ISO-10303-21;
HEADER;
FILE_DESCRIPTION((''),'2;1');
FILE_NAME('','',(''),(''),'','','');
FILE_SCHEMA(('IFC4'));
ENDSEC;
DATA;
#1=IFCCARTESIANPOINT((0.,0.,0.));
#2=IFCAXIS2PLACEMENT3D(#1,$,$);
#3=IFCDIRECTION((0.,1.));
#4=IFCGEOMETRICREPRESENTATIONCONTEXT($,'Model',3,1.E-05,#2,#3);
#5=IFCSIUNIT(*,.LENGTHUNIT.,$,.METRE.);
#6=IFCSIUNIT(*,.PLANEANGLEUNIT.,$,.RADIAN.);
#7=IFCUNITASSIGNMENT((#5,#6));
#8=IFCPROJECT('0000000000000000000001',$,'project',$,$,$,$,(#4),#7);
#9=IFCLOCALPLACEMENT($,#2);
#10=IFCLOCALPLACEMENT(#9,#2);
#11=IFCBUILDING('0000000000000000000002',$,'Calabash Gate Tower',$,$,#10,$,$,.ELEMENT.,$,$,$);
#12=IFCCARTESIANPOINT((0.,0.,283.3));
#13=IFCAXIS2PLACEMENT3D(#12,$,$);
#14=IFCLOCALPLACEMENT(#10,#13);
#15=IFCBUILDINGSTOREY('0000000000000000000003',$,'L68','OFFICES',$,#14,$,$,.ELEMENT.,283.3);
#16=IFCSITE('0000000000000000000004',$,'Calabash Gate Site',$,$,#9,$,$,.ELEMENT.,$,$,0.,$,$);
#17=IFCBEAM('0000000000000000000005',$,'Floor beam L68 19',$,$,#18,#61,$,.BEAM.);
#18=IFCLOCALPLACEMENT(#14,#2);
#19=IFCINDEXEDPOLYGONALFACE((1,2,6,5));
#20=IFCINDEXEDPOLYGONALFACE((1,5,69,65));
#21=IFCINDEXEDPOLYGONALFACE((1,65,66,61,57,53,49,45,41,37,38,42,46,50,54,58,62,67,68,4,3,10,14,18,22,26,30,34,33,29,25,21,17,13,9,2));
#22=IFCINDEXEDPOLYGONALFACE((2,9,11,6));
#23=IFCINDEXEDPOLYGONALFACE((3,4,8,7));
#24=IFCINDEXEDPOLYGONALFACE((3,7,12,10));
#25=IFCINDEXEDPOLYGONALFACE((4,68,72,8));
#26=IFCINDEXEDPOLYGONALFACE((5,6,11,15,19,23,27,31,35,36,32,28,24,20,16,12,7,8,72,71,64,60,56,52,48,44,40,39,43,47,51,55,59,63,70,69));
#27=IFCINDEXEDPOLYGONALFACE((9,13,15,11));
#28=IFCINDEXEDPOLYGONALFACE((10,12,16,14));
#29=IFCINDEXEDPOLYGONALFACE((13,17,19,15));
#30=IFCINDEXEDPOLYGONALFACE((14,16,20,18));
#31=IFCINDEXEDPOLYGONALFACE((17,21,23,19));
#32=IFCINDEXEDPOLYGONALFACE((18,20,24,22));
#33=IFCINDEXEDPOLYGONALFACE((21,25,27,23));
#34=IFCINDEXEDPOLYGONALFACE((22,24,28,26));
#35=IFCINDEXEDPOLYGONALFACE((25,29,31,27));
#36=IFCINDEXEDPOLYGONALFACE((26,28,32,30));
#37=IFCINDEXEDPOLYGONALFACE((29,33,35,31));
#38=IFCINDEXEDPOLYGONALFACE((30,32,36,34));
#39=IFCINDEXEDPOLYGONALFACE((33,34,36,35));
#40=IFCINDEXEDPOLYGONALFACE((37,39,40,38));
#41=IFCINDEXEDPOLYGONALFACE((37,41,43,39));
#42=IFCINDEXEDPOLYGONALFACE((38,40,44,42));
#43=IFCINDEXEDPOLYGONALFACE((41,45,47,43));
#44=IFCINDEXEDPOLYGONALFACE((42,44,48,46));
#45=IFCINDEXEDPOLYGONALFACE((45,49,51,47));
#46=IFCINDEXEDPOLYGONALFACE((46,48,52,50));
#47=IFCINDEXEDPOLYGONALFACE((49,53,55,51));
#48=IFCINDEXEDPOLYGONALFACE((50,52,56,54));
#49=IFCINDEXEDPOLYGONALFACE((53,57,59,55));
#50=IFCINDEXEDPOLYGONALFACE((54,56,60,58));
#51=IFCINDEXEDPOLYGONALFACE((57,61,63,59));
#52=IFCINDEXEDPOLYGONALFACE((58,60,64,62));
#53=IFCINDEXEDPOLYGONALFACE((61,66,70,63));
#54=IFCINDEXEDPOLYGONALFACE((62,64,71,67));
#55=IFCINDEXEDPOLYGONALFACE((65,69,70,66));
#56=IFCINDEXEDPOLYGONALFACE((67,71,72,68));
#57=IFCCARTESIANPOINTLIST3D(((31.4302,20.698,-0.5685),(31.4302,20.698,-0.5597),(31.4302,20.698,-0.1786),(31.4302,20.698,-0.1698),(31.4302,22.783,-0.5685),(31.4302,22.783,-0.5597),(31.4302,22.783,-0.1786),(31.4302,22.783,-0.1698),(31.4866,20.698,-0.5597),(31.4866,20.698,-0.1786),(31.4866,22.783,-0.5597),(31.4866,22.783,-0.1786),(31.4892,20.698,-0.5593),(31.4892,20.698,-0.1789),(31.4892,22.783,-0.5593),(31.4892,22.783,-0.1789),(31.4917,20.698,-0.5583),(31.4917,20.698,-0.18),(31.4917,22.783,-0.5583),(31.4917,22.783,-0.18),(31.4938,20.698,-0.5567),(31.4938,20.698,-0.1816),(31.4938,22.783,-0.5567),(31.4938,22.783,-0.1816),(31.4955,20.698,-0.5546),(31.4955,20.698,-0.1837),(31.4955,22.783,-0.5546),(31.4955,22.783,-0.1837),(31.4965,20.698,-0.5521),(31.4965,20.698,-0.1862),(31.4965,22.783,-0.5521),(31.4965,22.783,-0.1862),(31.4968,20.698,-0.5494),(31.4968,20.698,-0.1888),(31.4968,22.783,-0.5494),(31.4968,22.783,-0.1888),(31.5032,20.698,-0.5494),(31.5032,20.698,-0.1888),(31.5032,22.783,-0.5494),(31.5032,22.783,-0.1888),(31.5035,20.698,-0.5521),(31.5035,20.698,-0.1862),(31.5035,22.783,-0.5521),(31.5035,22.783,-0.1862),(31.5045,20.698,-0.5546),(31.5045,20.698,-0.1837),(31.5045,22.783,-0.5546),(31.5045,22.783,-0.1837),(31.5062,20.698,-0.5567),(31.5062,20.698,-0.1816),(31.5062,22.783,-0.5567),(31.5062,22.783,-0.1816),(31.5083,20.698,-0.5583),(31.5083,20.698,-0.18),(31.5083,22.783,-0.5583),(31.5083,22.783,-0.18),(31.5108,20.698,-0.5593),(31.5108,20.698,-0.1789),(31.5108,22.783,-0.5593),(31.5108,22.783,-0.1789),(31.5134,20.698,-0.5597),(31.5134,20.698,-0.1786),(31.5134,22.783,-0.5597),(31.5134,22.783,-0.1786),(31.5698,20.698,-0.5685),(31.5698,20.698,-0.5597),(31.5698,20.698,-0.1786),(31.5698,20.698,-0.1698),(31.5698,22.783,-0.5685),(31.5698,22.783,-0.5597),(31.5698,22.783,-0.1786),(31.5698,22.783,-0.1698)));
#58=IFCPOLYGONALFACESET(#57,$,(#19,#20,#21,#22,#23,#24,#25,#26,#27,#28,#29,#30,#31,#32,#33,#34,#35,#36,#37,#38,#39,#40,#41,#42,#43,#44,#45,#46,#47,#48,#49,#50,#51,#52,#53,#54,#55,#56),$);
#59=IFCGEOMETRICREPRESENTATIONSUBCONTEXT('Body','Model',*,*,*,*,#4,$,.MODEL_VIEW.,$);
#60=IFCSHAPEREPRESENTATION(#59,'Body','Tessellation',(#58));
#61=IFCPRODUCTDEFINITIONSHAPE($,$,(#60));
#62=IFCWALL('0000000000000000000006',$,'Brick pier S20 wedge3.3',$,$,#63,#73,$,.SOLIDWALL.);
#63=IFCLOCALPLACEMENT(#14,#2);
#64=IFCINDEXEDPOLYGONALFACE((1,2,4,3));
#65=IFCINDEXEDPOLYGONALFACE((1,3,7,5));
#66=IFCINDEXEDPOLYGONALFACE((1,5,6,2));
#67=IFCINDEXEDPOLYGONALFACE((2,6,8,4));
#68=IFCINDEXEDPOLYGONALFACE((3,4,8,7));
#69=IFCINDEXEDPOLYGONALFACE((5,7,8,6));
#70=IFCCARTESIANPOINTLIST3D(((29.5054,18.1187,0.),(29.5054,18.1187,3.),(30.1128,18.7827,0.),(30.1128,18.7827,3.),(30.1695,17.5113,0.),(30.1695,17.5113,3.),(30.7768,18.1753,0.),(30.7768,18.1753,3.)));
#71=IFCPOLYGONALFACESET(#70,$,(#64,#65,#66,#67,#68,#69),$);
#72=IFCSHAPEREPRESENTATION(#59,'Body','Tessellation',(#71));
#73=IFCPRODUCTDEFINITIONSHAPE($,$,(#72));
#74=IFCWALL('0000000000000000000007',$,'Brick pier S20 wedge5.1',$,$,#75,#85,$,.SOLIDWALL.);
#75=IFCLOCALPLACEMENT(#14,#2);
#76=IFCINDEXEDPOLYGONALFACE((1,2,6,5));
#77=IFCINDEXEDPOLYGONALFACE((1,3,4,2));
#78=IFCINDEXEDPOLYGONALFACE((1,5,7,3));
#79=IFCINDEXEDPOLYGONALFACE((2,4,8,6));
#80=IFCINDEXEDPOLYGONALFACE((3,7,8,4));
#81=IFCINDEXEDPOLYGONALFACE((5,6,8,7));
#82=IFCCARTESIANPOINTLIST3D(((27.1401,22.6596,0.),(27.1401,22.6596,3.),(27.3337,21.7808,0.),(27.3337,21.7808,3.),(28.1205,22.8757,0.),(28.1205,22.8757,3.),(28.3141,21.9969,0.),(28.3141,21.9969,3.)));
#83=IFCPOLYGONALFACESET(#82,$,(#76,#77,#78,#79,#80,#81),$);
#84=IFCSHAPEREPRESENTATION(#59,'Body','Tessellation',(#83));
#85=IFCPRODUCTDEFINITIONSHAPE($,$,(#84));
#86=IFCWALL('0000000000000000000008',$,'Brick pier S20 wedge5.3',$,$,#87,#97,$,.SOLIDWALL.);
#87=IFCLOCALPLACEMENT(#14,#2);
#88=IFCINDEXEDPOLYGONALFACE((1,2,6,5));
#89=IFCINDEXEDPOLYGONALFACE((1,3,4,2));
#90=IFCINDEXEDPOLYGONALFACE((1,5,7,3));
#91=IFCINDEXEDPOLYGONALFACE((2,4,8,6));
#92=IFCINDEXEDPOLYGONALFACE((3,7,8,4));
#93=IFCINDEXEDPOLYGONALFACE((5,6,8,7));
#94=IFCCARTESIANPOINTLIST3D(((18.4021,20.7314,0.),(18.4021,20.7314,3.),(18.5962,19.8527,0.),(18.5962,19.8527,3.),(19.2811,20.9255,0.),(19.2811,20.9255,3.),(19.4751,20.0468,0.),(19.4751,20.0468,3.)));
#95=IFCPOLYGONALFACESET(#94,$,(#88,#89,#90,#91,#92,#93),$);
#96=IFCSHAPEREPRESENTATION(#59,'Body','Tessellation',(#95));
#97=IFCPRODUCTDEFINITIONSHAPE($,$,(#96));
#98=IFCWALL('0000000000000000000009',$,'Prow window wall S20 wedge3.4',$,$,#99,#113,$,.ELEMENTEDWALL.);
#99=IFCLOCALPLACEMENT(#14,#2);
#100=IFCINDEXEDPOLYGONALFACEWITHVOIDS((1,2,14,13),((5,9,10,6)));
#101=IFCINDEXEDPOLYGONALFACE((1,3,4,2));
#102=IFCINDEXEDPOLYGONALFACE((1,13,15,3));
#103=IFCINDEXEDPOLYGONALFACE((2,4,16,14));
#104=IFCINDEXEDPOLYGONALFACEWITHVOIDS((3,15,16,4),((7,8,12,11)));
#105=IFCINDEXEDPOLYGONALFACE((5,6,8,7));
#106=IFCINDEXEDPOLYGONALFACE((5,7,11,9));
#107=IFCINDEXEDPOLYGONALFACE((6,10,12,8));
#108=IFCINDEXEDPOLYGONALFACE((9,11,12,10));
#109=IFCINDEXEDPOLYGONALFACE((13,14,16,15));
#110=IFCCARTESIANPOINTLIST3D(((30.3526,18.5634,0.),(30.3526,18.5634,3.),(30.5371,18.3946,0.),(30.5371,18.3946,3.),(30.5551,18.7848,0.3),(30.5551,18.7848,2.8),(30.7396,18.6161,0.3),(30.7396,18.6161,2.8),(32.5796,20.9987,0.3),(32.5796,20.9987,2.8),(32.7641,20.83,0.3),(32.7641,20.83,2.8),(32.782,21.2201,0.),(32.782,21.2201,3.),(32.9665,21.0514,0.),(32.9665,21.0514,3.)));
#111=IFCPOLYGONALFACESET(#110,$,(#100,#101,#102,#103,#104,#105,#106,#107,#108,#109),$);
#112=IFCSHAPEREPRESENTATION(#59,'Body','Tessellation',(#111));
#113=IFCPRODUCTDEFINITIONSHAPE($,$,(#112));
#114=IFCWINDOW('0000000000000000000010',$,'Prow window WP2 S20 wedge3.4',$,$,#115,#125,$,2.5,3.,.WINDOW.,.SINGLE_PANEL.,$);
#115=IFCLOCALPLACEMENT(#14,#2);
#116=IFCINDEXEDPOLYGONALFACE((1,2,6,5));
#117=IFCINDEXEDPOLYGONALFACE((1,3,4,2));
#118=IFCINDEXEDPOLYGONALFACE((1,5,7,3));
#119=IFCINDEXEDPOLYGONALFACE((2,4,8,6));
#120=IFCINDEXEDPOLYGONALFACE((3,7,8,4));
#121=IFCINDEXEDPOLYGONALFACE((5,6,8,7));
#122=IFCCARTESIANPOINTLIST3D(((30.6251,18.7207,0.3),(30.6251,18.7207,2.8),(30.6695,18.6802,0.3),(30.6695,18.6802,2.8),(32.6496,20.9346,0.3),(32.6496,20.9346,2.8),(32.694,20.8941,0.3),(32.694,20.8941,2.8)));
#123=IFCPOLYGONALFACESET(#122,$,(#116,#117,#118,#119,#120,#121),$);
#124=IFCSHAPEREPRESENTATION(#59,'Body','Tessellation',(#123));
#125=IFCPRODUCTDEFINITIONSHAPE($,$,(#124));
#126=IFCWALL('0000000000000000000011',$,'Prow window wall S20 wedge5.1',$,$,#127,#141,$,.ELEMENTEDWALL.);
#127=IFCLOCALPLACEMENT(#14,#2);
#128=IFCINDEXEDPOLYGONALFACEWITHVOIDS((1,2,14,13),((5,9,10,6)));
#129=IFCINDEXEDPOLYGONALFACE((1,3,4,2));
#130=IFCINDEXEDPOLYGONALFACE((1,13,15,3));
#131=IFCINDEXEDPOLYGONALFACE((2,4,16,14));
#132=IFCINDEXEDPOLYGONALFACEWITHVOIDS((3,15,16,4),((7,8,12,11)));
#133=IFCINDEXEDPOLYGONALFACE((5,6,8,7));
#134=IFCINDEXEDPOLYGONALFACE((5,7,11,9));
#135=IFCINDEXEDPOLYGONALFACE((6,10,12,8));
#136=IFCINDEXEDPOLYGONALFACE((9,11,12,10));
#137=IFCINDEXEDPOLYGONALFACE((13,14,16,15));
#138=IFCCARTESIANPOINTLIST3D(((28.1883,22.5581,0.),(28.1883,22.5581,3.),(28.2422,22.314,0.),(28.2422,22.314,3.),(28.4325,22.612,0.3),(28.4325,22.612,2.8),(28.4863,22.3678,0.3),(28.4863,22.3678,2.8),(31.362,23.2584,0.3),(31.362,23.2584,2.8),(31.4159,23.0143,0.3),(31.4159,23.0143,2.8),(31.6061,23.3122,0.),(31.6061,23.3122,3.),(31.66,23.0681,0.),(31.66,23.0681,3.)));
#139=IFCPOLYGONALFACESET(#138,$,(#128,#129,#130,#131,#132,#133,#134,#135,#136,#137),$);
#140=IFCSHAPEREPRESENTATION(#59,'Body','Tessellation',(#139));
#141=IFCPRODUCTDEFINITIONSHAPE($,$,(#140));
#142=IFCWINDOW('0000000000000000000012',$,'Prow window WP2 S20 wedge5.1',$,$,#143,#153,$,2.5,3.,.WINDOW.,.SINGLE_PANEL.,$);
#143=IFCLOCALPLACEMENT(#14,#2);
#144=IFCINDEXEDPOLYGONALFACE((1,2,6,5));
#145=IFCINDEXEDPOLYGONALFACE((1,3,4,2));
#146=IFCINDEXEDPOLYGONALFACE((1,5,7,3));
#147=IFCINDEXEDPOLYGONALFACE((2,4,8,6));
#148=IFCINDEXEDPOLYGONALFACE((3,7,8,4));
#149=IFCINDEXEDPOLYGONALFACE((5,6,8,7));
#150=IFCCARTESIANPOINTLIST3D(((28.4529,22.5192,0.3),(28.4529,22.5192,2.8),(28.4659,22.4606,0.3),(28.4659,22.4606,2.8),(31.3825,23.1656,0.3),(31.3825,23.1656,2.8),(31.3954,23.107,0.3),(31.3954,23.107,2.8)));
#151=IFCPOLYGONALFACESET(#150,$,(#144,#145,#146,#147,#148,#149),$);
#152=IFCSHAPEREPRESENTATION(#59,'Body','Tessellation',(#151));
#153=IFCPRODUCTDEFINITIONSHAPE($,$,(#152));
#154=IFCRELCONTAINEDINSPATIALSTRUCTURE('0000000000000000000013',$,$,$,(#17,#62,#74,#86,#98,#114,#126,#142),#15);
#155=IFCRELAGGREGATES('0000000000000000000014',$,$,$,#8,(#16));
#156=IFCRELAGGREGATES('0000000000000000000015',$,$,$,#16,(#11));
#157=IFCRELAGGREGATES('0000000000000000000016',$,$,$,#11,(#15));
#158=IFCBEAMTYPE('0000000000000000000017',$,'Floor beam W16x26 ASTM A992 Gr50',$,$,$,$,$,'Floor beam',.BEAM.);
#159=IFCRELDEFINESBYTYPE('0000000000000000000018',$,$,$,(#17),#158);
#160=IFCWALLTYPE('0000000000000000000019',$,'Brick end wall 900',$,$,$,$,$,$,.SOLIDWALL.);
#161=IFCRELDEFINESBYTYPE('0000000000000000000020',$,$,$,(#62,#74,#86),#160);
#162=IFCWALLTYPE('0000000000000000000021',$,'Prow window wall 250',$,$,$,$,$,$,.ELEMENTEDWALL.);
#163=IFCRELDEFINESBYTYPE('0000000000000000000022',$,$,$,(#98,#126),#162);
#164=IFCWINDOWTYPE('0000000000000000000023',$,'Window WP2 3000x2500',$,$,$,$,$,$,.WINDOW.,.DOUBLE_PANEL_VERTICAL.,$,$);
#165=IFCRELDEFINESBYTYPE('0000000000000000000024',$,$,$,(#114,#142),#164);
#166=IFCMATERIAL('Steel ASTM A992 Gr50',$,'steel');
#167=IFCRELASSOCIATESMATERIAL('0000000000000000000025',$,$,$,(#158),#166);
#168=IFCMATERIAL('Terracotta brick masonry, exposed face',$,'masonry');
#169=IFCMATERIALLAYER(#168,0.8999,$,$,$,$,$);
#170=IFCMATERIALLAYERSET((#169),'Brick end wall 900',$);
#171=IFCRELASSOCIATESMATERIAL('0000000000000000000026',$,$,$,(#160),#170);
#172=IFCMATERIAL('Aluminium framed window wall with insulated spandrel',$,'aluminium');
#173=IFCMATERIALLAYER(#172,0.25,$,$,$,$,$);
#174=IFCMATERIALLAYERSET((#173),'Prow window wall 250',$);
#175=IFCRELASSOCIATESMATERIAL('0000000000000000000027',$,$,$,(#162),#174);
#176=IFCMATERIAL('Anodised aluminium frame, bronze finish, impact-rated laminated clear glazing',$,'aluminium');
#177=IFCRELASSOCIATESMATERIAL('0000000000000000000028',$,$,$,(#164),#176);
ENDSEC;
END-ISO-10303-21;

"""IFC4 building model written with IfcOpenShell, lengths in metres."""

from ifc_helpers import new_model, si_unit, direction, frame, frame_2d, origin, origin_2d, place, context, subcontext, project, spatial, rectangle, i_section, extrude, material, layer, layer_set, material_profile, profile_set, type_object, element, fill, save


model = new_model("IFC4")

# Units and contexts
model_context = context("Model", 3, precision=1e-05, world=origin(), true_north=direction((0.0, 1.0)))
body_context = subcontext(model_context, "Body", "Model", "MODEL_VIEW")
ifc_project = project(units=[si_unit("LENGTHUNIT", "METRE"), si_unit("PLANEANGLEUNIT", "RADIAN")], contexts=[model_context])

# Site, building, storey
site_placement = place(None, origin())
site = spatial("IfcSite", under=ifc_project, at=site_placement, Name="Calabash Gate Site", CompositionType="ELEMENT", RefElevation=0.0)
building_placement = place(site_placement, origin())
building = spatial("IfcBuilding", under=site, at=building_placement, Name="Calabash Gate Tower", CompositionType="ELEMENT")
storey_placement = place(building_placement, frame((0.0, 0.0, 283.3)))
storey = spatial("IfcBuildingStorey", under=building, at=storey_placement, Name="L68", Description="OFFICES", CompositionType="ELEMENT", Elevation=283.3)

# Beam
ifc_material_1 = material(Name="Steel ASTM A992 Gr50", Category="steel")
ifc_material_profile_1 = material_profile(ifc_material_1, i_section(OverallWidth=0.1396, OverallDepth=0.3987, WebThickness=0.0063, FlangeThickness=0.0088, FilletRadius=0.0103, at=origin_2d()))
ifc_profile_set_1 = profile_set([ifc_material_profile_1], Name="Steel ASTM A992 Gr50")
beam_type_1 = type_object("IfcBeamType", Name="Floor beam W16x26 ASTM A992 Gr50", ElementType="Floor beam", PredefinedType="BEAM", material=ifc_profile_set_1)
beam_1_placement = place(storey_placement, frame((31.5, 20.698, -0.3691), z_axis=(0.0, 1.0, 0.0), x_axis=(-1.0, 0.0, 0.0)))
element("IfcBeam", 1, at=beam_1_placement, inside=storey, type_object=beam_type_1, Name="Floor beam L68 19", PredefinedType="BEAM", context=body_context, shape_type="SweptSolid", body=[
    extrude(i_section(OverallWidth=0.1396, OverallDepth=0.3987, WebThickness=0.0063, FlangeThickness=0.0088, FilletRadius=0.0103, at=origin_2d()), origin(), (0.0, 0.0, 1.0), 2.085),
])

# Walls
ifc_material_2 = material(Name="Terracotta brick masonry, exposed face", Category="masonry")
ifc_layer_1 = layer(ifc_material_2, 0.8999)
ifc_layer_set_1 = layer_set([ifc_layer_1], Name="Brick end wall 900")
wall_type_1 = type_object("IfcWallType", Name="Brick end wall 900", PredefinedType="SOLIDWALL", material=ifc_layer_set_1)
wall_1_placement = place(storey_placement, frame((30.4448, 18.479, 0.0), z_axis=(0.0, 0.0, 1.0), x_axis=(-0.674938, -0.737874, 0.0)))
element("IfcWall", 2, at=wall_1_placement, inside=storey, type_object=wall_type_1, Name="Brick pier S20 wedge3.3", PredefinedType="SOLIDWALL", context=body_context, shape_type="SweptSolid", body=[
    extrude(rectangle(XDim=0.8999, YDim=0.8999, at=frame_2d((0.45, 0.0))), origin(), (0.0, 0.0, 1.0), 3.0),
])
wall_2_placement = place(storey_placement, frame((28.2173, 22.4363, 0.0), z_axis=(0.0, 0.0, 1.0), x_axis=(-0.976569, -0.215205, 0.0)))
element("IfcWall", 3, at=wall_2_placement, inside=storey, type_object=wall_type_1, Name="Brick pier S20 wedge5.1", PredefinedType="SOLIDWALL", context=body_context, shape_type="SweptSolid", body=[
    extrude(rectangle(XDim=1.0039, YDim=0.8999, at=frame_2d((0.502, 0.0))), origin(), (0.0, 0.0, 1.0), 3.0),
])
wall_3_placement = place(storey_placement, frame((18.499, 20.292, 0.0), z_axis=(0.0, 0.0, 1.0), x_axis=(0.976473, 0.215638, 0.0)))
element("IfcWall", 4, at=wall_3_placement, inside=storey, type_object=wall_type_1, Name="Brick pier S20 wedge5.3", PredefinedType="SOLIDWALL", context=body_context, shape_type="SweptSolid", body=[
    extrude(rectangle(XDim=0.9001, YDim=0.8999, at=frame_2d((0.4502, 0.0))), origin(), (0.0, 0.0, 1.0), 3.0),
])

# Walls, openings, windows
ifc_material_3 = material(Name="Aluminium framed window wall with insulated spandrel", Category="aluminium")
ifc_layer_2 = layer(ifc_material_3, 0.25)
ifc_layer_set_2 = layer_set([ifc_layer_2], Name="Prow window wall 250")
wall_type_2 = type_object("IfcWallType", Name="Prow window wall 250", PredefinedType="ELEMENTEDWALL", material=ifc_layer_set_2)
wall_4_placement = place(storey_placement, frame((30.4448, 18.479, 0.0), z_axis=(0.0, 0.0, 1.0), x_axis=(0.674834, 0.73797, 0.0)))
wall_4 = element("IfcWall", 5, at=wall_4_placement, inside=storey, type_object=wall_type_2, Name="Prow window wall S20 wedge3.4", PredefinedType="ELEMENTEDWALL", context=body_context, shape_type="SweptSolid", body=[
    extrude(rectangle(XDim=3.6001, YDim=0.25, at=frame_2d((1.8, 0.0))), origin(), (0.0, 0.0, 1.0), 3.0),
])
opening_1_placement = place(wall_4_placement, frame((0.3, 0.0, 0.3)))
opening_1 = element("IfcOpeningElement", 6, at=opening_1_placement, cuts=wall_4, PredefinedType="OPENING", context=body_context, shape_type="SweptSolid", body=[
    extrude(rectangle(XDim=3.0, YDim=2.5, at=frame_2d((1.5, 1.25))), frame((0.0, 0.135, 0.0), z_axis=(0.0, -1.0, 0.0), x_axis=(1.0, 0.0, 0.0)), (0.0, 0.0, 1.0), 0.27),
])
ifc_material_4 = material(Name="Anodised aluminium frame, bronze finish, impact-rated laminated clear glazing", Category="aluminium")
window_type = type_object("IfcWindowType", Name="Window WP2 3000x2500", PartitioningType="DOUBLE_PANEL_VERTICAL", PredefinedType="WINDOW", material=ifc_material_4)
window_1_placement = place(opening_1_placement, origin())
window_1 = element("IfcWindow", 7, at=window_1_placement, inside=storey, type_object=window_type, Name="Prow window WP2 S20 wedge3.4", OverallHeight=2.5, OverallWidth=3.0, PartitioningType="SINGLE_PANEL", PredefinedType="WINDOW", context=body_context, shape_type="SweptSolid", body=[
    extrude(rectangle(XDim=3.0, YDim=2.5, at=frame_2d((1.5, 1.25))), frame((0.0, 0.03, 0.0), z_axis=(0.0, -1.0, 0.0), x_axis=(1.0, 0.0, 0.0)), (0.0, 0.0, 1.0), 0.0601),
])
fill(opening_1, window_1)
wall_5_placement = place(storey_placement, frame((31.6331, 23.1902, 0.0), z_axis=(0.0, 0.0, 1.0), x_axis=(-0.976509, -0.215475, 0.0)))
wall_5 = element("IfcWall", 8, at=wall_5_placement, inside=storey, type_object=wall_type_2, Name="Prow window wall S20 wedge5.1", PredefinedType="ELEMENTEDWALL", context=body_context, shape_type="SweptSolid", body=[
    extrude(rectangle(XDim=3.5, YDim=0.25, at=frame_2d((1.75, 0.0))), origin(), (0.0, 0.0, 1.0), 3.0),
])
opening_2_placement = place(wall_5_placement, frame((0.25, 0.0, 0.3)))
opening_2 = element("IfcOpeningElement", 9, at=opening_2_placement, cuts=wall_5, PredefinedType="OPENING", context=body_context, shape_type="SweptSolid", body=[
    extrude(rectangle(XDim=3.0, YDim=2.5, at=frame_2d((1.5, 1.25))), frame((0.0, 0.135, 0.0), z_axis=(0.0, -1.0, 0.0), x_axis=(1.0, 0.0, 0.0)), (0.0, 0.0, 1.0), 0.27),
])
window_2_placement = place(opening_2_placement, origin())
window_2 = element("IfcWindow", 10, at=window_2_placement, inside=storey, type_object=window_type, Name="Prow window WP2 S20 wedge5.1", OverallHeight=2.5, OverallWidth=3.0, PartitioningType="SINGLE_PANEL", PredefinedType="WINDOW", context=body_context, shape_type="SweptSolid", body=[
    extrude(rectangle(XDim=3.0, YDim=2.5, at=frame_2d((1.5, 1.25))), frame((0.0, 0.03, 0.0), z_axis=(0.0, -1.0, 0.0), x_axis=(1.0, 0.0, 0.0)), (0.0, 0.0, 1.0), 0.0601),
])
fill(opening_2, window_2)

save(model, "model.ifc")
